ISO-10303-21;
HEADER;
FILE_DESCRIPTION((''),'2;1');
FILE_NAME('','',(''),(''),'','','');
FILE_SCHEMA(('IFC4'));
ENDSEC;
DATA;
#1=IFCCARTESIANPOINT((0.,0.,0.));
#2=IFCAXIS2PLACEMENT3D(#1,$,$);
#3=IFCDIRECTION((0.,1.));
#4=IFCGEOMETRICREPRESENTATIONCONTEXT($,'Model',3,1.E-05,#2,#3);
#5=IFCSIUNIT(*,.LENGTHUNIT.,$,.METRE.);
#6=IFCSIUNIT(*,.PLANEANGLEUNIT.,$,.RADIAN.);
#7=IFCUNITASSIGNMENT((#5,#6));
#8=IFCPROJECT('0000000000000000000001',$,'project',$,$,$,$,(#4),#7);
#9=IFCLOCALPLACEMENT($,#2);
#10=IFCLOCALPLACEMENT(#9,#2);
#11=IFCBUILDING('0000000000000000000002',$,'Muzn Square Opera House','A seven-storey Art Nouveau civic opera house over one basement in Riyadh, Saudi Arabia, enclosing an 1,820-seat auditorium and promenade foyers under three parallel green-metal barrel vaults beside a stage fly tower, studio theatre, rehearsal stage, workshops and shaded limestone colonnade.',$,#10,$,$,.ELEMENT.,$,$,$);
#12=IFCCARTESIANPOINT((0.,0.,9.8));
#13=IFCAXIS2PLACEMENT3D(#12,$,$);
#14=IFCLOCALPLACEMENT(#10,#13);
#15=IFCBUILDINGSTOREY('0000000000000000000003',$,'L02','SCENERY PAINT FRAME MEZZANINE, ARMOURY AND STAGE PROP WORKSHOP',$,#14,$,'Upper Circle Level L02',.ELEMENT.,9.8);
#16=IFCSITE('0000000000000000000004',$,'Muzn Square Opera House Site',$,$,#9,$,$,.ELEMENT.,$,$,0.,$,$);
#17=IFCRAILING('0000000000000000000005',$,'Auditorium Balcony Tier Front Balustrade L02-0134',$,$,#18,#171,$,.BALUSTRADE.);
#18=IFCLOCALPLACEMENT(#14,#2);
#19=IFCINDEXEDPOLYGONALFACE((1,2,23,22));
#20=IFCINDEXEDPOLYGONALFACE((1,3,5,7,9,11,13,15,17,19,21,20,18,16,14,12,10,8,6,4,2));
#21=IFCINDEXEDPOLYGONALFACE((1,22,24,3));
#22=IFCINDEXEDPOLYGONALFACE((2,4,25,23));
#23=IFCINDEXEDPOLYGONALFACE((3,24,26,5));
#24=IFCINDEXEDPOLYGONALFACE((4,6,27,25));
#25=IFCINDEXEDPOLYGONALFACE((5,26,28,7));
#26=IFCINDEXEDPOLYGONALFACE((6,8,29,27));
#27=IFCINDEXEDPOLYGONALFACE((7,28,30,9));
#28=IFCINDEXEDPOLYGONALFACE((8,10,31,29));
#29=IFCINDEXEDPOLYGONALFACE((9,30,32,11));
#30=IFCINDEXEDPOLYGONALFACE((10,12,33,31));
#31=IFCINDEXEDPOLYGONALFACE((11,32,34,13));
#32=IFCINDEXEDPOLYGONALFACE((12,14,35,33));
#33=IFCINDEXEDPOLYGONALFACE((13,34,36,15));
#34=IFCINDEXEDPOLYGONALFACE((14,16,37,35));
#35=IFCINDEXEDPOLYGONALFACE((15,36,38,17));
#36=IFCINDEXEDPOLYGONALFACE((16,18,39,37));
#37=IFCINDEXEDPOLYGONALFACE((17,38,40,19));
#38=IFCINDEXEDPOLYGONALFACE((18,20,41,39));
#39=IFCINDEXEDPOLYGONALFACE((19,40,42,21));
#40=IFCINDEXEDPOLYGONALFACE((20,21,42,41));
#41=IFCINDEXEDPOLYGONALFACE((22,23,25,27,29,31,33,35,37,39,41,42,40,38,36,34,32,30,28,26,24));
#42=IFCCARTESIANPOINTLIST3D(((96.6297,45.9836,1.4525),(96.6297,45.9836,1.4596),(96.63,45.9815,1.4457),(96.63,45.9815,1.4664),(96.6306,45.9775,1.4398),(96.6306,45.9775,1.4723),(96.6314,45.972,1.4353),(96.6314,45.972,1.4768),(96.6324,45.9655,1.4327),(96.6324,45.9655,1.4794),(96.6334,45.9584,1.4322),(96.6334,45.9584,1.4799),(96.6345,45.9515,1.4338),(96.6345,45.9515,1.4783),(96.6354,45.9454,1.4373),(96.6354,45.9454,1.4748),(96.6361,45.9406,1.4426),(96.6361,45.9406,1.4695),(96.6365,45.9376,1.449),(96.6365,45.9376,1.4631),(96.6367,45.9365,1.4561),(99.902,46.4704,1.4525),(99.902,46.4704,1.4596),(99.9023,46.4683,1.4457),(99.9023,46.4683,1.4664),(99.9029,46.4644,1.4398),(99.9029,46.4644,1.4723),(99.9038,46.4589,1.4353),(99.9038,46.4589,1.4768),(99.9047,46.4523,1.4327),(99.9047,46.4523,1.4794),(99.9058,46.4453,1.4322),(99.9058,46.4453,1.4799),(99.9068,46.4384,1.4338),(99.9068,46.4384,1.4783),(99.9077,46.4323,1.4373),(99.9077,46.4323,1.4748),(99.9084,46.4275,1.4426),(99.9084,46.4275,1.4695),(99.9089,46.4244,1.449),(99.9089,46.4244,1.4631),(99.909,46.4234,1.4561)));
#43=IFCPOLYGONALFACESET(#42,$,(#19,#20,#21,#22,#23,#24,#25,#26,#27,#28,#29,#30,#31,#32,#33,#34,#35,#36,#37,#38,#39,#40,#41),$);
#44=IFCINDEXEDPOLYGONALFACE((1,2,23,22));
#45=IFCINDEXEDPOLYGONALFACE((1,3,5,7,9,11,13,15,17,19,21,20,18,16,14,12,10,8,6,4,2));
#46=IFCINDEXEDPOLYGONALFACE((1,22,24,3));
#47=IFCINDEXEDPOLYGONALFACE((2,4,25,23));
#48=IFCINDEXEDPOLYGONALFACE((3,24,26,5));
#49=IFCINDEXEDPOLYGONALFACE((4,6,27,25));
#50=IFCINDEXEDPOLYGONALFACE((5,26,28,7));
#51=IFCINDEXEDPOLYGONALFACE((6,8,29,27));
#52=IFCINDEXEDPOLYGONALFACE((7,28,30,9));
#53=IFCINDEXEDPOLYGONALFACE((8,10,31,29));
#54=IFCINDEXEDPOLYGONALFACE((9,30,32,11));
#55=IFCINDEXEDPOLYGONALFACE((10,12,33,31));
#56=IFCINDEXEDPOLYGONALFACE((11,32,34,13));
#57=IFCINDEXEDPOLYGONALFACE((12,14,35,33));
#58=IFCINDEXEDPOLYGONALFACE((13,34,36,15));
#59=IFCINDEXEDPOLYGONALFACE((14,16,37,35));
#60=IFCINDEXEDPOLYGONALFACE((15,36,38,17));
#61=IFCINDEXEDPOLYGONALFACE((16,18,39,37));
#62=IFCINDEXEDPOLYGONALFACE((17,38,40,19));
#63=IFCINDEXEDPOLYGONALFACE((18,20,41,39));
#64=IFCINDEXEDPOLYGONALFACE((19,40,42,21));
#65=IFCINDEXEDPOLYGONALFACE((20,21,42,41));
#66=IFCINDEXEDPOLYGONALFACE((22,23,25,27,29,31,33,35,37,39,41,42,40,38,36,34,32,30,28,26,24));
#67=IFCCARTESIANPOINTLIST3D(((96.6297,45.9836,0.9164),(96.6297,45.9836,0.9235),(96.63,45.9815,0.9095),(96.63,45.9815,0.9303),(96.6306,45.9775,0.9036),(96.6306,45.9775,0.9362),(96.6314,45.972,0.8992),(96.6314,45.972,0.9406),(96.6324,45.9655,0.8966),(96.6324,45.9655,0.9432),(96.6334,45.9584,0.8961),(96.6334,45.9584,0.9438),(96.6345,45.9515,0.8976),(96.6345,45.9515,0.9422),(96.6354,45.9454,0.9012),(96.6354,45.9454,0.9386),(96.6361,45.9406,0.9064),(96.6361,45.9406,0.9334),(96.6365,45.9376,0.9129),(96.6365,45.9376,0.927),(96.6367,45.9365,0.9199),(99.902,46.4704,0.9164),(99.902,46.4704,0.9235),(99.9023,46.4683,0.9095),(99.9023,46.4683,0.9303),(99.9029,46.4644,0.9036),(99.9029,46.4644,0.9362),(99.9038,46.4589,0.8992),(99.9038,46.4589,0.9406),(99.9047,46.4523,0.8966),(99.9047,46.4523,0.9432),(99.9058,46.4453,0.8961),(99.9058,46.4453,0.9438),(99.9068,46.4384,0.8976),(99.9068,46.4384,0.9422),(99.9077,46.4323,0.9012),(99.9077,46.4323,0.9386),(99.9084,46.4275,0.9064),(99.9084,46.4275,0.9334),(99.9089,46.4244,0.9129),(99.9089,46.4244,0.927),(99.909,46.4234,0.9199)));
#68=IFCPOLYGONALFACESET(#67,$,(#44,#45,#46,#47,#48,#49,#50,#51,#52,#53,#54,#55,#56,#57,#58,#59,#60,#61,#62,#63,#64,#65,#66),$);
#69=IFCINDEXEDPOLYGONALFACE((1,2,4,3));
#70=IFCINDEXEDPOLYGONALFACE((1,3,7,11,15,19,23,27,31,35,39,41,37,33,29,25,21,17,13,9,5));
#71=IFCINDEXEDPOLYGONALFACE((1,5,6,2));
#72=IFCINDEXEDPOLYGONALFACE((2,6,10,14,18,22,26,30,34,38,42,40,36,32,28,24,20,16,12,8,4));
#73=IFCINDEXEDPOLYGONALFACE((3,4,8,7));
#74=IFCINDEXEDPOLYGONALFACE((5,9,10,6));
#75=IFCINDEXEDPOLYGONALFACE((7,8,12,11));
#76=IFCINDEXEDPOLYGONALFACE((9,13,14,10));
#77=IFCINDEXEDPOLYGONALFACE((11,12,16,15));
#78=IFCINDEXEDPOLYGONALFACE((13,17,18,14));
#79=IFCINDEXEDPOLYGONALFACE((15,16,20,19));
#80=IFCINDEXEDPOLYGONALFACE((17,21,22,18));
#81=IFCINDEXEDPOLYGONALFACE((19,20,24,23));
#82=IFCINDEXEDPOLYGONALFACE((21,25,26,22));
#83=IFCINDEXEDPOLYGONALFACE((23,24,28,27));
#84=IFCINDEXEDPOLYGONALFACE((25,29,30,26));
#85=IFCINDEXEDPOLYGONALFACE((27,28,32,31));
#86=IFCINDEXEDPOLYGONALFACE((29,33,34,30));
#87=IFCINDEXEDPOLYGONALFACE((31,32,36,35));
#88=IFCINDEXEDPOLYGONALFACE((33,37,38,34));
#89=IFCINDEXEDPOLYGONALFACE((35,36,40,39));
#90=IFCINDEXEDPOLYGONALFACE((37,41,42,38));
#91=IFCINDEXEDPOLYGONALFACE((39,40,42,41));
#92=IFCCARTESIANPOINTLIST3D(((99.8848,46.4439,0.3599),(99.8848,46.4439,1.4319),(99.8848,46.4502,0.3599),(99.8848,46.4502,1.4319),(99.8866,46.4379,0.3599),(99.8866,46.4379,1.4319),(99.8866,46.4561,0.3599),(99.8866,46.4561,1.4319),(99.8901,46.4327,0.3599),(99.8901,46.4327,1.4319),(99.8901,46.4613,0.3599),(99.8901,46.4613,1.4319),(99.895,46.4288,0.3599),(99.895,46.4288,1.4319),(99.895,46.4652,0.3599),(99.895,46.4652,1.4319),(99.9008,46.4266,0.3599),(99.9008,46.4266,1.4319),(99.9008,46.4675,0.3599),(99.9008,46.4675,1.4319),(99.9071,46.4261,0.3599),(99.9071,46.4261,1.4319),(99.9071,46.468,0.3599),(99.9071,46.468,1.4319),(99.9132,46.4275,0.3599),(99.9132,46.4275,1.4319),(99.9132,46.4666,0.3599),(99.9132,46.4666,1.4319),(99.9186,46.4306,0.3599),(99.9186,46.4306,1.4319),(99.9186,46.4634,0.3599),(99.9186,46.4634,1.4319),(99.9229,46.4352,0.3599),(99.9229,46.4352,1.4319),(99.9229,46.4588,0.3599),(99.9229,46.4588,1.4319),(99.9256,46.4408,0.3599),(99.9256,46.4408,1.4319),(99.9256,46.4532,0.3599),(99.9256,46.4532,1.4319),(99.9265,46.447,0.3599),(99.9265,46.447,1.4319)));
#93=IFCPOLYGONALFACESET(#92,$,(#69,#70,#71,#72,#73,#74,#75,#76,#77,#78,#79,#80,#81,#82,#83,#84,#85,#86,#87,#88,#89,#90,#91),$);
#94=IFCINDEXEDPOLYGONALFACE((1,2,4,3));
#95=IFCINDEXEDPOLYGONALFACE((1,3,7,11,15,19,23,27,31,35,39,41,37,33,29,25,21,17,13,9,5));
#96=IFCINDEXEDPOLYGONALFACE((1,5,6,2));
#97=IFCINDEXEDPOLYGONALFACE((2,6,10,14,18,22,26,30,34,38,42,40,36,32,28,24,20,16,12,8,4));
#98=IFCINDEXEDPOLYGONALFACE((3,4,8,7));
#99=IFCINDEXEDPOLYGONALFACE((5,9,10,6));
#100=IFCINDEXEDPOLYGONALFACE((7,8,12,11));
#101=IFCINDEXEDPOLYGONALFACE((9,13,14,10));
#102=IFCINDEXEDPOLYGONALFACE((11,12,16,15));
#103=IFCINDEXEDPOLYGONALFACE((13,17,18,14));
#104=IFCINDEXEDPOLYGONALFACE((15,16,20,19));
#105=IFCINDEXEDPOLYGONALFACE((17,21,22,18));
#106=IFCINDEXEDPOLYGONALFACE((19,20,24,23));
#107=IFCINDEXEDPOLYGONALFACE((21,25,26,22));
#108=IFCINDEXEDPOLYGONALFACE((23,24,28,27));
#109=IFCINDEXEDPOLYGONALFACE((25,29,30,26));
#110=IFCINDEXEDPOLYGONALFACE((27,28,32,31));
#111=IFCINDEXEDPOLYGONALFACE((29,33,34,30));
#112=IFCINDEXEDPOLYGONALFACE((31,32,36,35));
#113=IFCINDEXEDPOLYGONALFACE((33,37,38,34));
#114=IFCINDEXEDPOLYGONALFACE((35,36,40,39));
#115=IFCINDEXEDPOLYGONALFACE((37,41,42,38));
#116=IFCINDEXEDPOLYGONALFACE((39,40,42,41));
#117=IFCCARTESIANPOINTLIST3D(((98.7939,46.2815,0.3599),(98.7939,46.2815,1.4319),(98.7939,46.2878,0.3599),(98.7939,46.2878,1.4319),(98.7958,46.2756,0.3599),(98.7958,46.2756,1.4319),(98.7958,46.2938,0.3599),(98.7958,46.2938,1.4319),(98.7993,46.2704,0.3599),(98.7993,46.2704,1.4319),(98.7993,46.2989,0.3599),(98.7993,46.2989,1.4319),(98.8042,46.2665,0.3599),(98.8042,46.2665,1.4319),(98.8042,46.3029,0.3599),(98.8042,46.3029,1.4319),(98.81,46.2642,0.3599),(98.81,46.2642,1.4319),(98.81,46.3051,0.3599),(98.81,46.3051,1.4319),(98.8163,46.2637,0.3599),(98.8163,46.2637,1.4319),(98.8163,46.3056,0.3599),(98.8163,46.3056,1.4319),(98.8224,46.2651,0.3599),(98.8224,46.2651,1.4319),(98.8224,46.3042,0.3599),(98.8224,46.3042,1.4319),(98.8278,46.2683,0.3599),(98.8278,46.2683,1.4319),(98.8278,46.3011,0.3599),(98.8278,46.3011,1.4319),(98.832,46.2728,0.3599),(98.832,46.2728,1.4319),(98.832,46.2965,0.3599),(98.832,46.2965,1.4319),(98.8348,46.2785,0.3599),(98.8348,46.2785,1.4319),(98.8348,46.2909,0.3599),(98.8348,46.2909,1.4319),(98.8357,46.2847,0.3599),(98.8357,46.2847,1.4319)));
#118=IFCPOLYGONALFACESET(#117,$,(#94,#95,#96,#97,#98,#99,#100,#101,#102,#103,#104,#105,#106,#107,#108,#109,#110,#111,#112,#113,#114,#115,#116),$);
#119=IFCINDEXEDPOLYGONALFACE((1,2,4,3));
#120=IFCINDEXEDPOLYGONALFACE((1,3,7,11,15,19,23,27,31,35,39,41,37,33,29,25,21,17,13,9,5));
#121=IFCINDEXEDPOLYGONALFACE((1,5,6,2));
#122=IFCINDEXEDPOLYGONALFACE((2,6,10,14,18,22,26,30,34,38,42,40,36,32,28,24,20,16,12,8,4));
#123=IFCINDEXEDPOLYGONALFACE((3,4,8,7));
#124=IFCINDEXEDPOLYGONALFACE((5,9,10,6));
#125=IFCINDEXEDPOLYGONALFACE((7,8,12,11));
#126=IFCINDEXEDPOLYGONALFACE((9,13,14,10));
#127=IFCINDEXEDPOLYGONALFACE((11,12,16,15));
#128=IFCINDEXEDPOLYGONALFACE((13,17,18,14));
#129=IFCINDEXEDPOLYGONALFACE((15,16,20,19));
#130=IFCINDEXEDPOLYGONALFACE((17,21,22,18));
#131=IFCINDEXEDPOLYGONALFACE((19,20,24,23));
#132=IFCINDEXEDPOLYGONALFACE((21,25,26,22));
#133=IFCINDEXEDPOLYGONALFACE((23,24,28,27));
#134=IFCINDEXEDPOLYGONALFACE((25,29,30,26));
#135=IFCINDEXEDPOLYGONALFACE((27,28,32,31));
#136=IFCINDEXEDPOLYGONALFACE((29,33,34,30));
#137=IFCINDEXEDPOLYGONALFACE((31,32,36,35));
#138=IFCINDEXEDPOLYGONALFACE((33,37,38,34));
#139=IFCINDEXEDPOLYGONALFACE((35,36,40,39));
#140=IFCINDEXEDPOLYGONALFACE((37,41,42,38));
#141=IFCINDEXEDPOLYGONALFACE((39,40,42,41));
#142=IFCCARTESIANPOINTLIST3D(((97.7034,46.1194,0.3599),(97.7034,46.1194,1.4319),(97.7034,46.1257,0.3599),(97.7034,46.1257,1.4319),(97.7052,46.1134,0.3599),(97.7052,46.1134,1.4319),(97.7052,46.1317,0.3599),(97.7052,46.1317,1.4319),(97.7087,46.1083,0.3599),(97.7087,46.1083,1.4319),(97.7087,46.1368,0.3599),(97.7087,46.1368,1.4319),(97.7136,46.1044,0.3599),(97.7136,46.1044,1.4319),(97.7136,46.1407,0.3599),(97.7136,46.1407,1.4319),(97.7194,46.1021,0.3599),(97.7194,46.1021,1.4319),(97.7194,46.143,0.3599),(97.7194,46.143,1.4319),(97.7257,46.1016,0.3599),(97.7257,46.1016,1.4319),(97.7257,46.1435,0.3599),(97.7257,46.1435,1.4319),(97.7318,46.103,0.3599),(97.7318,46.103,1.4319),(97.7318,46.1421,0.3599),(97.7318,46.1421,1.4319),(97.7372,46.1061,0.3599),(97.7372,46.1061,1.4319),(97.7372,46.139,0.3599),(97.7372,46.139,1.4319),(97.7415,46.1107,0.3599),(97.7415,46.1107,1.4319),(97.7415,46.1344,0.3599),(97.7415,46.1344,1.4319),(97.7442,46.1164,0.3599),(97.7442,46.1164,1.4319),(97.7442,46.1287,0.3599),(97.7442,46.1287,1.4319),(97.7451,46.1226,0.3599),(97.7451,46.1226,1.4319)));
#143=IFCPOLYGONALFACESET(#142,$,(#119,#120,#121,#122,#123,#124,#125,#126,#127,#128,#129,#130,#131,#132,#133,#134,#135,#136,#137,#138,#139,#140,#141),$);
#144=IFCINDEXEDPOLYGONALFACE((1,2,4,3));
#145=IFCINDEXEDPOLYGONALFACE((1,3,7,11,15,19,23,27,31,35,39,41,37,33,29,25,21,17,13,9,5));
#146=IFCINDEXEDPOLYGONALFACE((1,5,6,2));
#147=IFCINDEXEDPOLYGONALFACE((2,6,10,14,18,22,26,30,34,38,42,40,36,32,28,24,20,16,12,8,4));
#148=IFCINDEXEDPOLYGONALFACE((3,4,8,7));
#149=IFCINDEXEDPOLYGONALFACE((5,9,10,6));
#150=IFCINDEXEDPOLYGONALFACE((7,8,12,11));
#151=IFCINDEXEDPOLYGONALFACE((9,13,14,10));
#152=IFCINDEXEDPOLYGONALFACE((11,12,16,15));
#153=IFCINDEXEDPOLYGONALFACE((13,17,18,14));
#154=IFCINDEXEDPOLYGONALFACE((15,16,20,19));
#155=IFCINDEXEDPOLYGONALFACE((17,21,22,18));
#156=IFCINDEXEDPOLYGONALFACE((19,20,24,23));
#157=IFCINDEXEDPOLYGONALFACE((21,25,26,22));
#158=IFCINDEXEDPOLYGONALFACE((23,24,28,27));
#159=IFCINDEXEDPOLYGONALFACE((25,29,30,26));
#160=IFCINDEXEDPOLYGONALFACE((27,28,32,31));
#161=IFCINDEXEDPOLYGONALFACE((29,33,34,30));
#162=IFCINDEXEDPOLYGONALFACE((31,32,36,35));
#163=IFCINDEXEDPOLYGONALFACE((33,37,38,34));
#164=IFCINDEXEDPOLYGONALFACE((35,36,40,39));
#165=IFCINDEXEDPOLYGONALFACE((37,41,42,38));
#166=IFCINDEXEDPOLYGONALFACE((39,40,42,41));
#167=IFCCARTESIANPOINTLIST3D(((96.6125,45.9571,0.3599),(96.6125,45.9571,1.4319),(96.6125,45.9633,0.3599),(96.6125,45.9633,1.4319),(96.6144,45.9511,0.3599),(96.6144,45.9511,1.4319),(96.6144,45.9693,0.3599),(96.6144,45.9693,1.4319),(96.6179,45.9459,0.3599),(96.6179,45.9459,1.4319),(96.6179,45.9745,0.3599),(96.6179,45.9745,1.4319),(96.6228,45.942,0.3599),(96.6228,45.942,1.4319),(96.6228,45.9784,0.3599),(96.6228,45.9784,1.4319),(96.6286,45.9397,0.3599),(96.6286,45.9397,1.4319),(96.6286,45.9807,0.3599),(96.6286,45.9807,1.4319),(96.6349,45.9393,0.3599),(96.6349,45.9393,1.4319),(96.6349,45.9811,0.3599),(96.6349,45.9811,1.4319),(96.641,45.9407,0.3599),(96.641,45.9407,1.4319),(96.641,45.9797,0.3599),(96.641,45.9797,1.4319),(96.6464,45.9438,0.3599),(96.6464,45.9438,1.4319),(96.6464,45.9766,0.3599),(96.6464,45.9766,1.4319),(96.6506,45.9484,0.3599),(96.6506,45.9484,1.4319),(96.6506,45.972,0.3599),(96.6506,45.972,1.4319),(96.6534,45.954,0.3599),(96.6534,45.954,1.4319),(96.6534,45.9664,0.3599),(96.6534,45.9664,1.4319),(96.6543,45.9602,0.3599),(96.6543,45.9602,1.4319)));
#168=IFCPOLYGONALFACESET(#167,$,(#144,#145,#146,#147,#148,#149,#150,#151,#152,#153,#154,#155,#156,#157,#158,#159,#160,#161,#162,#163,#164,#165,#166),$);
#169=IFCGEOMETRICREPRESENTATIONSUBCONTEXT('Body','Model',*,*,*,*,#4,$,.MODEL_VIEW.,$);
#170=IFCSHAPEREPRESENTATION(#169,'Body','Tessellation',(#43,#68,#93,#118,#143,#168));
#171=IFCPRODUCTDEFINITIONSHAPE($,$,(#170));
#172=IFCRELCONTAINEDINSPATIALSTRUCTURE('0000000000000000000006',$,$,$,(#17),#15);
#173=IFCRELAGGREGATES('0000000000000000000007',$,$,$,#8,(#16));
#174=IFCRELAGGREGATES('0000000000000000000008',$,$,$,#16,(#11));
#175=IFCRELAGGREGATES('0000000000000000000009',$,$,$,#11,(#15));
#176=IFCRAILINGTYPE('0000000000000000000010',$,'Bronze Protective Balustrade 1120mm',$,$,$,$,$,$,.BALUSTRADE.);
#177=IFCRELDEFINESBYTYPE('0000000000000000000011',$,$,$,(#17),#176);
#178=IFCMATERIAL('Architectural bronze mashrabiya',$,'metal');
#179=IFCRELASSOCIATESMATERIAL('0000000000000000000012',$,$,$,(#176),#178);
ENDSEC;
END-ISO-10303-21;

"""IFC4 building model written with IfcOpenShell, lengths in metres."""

from ifc_helpers import new_model, si_unit, direction, frame, origin, origin_2d, place, context, subcontext, project, spatial, circle, extrude, material, type_object, element, save


model = new_model("IFC4")

# Units and contexts
model_context = context("Model", 3, precision=1e-05, world=origin(), true_north=direction((0.0, 1.0)))
body_context = subcontext(model_context, "Body", "Model", "MODEL_VIEW")
ifc_project = project(units=[si_unit("LENGTHUNIT", "METRE"), si_unit("PLANEANGLEUNIT", "RADIAN")], contexts=[model_context])

# Site, building, storey
site_placement = place(None, origin())
site = spatial("IfcSite", under=ifc_project, at=site_placement, Name="Muzn Square Opera House Site", CompositionType="ELEMENT", RefElevation=0.0)
building_placement = place(site_placement, origin())
building = spatial("IfcBuilding", under=site, at=building_placement, Name="Muzn Square Opera House", Description="A seven-storey Art Nouveau civic opera house over one basement in Riyadh, Saudi Arabia, enclosing an 1,820-seat auditorium and promenade foyers under three parallel green-metal barrel vaults beside a stage fly tower, studio theatre, rehearsal stage, workshops and shaded limestone colonnade.", CompositionType="ELEMENT")
storey_placement = place(building_placement, frame((0.0, 0.0, 9.8)))
storey = spatial("IfcBuildingStorey", under=building, at=storey_placement, Name="L02", Description="SCENERY PAINT FRAME MEZZANINE, ARMOURY AND STAGE PROP WORKSHOP", LongName="Upper Circle Level L02", CompositionType="ELEMENT", Elevation=9.8)

# Railing
ifc_material_1 = material(Name="Architectural bronze mashrabiya", Category="metal")
railing_type = type_object("IfcRailingType", Name="Bronze Protective Balustrade 1120mm", PredefinedType="BALUSTRADE", material=ifc_material_1)
railing_1_placement = place(storey_placement, frame((99.9055, 46.447, 0.3599)))
element("IfcRailing", 1, at=railing_1_placement, inside=storey, type_object=railing_type, Name="Auditorium Balcony Tier Front Balustrade L02-0134", PredefinedType="BALUSTRADE", context=body_context, shape_type="SweptSolid", body=[
    extrude(circle(Radius=0.0239, at=origin_2d()), frame((0.0, 0.0, 1.0962), z_axis=(-0.989114, -0.147153, 0.0), x_axis=(0.147153, -0.989114, 0.0)), (0.0, 0.0, 1.0), 3.3083),
    extrude(circle(Radius=0.0239, at=origin_2d()), frame((0.0, 0.0, 0.5601), z_axis=(-0.989114, -0.147153, 0.0), x_axis=(0.147153, -0.989114, 0.0)), (0.0, 0.0, 1.0), 3.3083),
    extrude(circle(Radius=0.021, at=origin_2d()), origin(), (0.0, 0.0, 1.0), 1.072),
    extrude(circle(Radius=0.021, at=origin_2d()), frame((-1.0908, -0.1624, 0.0)), (0.0, 0.0, 1.0), 1.072),
    extrude(circle(Radius=0.021, at=origin_2d()), frame((-2.1814, -0.3245, 0.0)), (0.0, 0.0, 1.0), 1.072),
    extrude(circle(Radius=0.021, at=origin_2d()), frame((-3.2722, -0.4868, 0.0)), (0.0, 0.0, 1.0), 1.072),
])

save(model, "model.ifc")
